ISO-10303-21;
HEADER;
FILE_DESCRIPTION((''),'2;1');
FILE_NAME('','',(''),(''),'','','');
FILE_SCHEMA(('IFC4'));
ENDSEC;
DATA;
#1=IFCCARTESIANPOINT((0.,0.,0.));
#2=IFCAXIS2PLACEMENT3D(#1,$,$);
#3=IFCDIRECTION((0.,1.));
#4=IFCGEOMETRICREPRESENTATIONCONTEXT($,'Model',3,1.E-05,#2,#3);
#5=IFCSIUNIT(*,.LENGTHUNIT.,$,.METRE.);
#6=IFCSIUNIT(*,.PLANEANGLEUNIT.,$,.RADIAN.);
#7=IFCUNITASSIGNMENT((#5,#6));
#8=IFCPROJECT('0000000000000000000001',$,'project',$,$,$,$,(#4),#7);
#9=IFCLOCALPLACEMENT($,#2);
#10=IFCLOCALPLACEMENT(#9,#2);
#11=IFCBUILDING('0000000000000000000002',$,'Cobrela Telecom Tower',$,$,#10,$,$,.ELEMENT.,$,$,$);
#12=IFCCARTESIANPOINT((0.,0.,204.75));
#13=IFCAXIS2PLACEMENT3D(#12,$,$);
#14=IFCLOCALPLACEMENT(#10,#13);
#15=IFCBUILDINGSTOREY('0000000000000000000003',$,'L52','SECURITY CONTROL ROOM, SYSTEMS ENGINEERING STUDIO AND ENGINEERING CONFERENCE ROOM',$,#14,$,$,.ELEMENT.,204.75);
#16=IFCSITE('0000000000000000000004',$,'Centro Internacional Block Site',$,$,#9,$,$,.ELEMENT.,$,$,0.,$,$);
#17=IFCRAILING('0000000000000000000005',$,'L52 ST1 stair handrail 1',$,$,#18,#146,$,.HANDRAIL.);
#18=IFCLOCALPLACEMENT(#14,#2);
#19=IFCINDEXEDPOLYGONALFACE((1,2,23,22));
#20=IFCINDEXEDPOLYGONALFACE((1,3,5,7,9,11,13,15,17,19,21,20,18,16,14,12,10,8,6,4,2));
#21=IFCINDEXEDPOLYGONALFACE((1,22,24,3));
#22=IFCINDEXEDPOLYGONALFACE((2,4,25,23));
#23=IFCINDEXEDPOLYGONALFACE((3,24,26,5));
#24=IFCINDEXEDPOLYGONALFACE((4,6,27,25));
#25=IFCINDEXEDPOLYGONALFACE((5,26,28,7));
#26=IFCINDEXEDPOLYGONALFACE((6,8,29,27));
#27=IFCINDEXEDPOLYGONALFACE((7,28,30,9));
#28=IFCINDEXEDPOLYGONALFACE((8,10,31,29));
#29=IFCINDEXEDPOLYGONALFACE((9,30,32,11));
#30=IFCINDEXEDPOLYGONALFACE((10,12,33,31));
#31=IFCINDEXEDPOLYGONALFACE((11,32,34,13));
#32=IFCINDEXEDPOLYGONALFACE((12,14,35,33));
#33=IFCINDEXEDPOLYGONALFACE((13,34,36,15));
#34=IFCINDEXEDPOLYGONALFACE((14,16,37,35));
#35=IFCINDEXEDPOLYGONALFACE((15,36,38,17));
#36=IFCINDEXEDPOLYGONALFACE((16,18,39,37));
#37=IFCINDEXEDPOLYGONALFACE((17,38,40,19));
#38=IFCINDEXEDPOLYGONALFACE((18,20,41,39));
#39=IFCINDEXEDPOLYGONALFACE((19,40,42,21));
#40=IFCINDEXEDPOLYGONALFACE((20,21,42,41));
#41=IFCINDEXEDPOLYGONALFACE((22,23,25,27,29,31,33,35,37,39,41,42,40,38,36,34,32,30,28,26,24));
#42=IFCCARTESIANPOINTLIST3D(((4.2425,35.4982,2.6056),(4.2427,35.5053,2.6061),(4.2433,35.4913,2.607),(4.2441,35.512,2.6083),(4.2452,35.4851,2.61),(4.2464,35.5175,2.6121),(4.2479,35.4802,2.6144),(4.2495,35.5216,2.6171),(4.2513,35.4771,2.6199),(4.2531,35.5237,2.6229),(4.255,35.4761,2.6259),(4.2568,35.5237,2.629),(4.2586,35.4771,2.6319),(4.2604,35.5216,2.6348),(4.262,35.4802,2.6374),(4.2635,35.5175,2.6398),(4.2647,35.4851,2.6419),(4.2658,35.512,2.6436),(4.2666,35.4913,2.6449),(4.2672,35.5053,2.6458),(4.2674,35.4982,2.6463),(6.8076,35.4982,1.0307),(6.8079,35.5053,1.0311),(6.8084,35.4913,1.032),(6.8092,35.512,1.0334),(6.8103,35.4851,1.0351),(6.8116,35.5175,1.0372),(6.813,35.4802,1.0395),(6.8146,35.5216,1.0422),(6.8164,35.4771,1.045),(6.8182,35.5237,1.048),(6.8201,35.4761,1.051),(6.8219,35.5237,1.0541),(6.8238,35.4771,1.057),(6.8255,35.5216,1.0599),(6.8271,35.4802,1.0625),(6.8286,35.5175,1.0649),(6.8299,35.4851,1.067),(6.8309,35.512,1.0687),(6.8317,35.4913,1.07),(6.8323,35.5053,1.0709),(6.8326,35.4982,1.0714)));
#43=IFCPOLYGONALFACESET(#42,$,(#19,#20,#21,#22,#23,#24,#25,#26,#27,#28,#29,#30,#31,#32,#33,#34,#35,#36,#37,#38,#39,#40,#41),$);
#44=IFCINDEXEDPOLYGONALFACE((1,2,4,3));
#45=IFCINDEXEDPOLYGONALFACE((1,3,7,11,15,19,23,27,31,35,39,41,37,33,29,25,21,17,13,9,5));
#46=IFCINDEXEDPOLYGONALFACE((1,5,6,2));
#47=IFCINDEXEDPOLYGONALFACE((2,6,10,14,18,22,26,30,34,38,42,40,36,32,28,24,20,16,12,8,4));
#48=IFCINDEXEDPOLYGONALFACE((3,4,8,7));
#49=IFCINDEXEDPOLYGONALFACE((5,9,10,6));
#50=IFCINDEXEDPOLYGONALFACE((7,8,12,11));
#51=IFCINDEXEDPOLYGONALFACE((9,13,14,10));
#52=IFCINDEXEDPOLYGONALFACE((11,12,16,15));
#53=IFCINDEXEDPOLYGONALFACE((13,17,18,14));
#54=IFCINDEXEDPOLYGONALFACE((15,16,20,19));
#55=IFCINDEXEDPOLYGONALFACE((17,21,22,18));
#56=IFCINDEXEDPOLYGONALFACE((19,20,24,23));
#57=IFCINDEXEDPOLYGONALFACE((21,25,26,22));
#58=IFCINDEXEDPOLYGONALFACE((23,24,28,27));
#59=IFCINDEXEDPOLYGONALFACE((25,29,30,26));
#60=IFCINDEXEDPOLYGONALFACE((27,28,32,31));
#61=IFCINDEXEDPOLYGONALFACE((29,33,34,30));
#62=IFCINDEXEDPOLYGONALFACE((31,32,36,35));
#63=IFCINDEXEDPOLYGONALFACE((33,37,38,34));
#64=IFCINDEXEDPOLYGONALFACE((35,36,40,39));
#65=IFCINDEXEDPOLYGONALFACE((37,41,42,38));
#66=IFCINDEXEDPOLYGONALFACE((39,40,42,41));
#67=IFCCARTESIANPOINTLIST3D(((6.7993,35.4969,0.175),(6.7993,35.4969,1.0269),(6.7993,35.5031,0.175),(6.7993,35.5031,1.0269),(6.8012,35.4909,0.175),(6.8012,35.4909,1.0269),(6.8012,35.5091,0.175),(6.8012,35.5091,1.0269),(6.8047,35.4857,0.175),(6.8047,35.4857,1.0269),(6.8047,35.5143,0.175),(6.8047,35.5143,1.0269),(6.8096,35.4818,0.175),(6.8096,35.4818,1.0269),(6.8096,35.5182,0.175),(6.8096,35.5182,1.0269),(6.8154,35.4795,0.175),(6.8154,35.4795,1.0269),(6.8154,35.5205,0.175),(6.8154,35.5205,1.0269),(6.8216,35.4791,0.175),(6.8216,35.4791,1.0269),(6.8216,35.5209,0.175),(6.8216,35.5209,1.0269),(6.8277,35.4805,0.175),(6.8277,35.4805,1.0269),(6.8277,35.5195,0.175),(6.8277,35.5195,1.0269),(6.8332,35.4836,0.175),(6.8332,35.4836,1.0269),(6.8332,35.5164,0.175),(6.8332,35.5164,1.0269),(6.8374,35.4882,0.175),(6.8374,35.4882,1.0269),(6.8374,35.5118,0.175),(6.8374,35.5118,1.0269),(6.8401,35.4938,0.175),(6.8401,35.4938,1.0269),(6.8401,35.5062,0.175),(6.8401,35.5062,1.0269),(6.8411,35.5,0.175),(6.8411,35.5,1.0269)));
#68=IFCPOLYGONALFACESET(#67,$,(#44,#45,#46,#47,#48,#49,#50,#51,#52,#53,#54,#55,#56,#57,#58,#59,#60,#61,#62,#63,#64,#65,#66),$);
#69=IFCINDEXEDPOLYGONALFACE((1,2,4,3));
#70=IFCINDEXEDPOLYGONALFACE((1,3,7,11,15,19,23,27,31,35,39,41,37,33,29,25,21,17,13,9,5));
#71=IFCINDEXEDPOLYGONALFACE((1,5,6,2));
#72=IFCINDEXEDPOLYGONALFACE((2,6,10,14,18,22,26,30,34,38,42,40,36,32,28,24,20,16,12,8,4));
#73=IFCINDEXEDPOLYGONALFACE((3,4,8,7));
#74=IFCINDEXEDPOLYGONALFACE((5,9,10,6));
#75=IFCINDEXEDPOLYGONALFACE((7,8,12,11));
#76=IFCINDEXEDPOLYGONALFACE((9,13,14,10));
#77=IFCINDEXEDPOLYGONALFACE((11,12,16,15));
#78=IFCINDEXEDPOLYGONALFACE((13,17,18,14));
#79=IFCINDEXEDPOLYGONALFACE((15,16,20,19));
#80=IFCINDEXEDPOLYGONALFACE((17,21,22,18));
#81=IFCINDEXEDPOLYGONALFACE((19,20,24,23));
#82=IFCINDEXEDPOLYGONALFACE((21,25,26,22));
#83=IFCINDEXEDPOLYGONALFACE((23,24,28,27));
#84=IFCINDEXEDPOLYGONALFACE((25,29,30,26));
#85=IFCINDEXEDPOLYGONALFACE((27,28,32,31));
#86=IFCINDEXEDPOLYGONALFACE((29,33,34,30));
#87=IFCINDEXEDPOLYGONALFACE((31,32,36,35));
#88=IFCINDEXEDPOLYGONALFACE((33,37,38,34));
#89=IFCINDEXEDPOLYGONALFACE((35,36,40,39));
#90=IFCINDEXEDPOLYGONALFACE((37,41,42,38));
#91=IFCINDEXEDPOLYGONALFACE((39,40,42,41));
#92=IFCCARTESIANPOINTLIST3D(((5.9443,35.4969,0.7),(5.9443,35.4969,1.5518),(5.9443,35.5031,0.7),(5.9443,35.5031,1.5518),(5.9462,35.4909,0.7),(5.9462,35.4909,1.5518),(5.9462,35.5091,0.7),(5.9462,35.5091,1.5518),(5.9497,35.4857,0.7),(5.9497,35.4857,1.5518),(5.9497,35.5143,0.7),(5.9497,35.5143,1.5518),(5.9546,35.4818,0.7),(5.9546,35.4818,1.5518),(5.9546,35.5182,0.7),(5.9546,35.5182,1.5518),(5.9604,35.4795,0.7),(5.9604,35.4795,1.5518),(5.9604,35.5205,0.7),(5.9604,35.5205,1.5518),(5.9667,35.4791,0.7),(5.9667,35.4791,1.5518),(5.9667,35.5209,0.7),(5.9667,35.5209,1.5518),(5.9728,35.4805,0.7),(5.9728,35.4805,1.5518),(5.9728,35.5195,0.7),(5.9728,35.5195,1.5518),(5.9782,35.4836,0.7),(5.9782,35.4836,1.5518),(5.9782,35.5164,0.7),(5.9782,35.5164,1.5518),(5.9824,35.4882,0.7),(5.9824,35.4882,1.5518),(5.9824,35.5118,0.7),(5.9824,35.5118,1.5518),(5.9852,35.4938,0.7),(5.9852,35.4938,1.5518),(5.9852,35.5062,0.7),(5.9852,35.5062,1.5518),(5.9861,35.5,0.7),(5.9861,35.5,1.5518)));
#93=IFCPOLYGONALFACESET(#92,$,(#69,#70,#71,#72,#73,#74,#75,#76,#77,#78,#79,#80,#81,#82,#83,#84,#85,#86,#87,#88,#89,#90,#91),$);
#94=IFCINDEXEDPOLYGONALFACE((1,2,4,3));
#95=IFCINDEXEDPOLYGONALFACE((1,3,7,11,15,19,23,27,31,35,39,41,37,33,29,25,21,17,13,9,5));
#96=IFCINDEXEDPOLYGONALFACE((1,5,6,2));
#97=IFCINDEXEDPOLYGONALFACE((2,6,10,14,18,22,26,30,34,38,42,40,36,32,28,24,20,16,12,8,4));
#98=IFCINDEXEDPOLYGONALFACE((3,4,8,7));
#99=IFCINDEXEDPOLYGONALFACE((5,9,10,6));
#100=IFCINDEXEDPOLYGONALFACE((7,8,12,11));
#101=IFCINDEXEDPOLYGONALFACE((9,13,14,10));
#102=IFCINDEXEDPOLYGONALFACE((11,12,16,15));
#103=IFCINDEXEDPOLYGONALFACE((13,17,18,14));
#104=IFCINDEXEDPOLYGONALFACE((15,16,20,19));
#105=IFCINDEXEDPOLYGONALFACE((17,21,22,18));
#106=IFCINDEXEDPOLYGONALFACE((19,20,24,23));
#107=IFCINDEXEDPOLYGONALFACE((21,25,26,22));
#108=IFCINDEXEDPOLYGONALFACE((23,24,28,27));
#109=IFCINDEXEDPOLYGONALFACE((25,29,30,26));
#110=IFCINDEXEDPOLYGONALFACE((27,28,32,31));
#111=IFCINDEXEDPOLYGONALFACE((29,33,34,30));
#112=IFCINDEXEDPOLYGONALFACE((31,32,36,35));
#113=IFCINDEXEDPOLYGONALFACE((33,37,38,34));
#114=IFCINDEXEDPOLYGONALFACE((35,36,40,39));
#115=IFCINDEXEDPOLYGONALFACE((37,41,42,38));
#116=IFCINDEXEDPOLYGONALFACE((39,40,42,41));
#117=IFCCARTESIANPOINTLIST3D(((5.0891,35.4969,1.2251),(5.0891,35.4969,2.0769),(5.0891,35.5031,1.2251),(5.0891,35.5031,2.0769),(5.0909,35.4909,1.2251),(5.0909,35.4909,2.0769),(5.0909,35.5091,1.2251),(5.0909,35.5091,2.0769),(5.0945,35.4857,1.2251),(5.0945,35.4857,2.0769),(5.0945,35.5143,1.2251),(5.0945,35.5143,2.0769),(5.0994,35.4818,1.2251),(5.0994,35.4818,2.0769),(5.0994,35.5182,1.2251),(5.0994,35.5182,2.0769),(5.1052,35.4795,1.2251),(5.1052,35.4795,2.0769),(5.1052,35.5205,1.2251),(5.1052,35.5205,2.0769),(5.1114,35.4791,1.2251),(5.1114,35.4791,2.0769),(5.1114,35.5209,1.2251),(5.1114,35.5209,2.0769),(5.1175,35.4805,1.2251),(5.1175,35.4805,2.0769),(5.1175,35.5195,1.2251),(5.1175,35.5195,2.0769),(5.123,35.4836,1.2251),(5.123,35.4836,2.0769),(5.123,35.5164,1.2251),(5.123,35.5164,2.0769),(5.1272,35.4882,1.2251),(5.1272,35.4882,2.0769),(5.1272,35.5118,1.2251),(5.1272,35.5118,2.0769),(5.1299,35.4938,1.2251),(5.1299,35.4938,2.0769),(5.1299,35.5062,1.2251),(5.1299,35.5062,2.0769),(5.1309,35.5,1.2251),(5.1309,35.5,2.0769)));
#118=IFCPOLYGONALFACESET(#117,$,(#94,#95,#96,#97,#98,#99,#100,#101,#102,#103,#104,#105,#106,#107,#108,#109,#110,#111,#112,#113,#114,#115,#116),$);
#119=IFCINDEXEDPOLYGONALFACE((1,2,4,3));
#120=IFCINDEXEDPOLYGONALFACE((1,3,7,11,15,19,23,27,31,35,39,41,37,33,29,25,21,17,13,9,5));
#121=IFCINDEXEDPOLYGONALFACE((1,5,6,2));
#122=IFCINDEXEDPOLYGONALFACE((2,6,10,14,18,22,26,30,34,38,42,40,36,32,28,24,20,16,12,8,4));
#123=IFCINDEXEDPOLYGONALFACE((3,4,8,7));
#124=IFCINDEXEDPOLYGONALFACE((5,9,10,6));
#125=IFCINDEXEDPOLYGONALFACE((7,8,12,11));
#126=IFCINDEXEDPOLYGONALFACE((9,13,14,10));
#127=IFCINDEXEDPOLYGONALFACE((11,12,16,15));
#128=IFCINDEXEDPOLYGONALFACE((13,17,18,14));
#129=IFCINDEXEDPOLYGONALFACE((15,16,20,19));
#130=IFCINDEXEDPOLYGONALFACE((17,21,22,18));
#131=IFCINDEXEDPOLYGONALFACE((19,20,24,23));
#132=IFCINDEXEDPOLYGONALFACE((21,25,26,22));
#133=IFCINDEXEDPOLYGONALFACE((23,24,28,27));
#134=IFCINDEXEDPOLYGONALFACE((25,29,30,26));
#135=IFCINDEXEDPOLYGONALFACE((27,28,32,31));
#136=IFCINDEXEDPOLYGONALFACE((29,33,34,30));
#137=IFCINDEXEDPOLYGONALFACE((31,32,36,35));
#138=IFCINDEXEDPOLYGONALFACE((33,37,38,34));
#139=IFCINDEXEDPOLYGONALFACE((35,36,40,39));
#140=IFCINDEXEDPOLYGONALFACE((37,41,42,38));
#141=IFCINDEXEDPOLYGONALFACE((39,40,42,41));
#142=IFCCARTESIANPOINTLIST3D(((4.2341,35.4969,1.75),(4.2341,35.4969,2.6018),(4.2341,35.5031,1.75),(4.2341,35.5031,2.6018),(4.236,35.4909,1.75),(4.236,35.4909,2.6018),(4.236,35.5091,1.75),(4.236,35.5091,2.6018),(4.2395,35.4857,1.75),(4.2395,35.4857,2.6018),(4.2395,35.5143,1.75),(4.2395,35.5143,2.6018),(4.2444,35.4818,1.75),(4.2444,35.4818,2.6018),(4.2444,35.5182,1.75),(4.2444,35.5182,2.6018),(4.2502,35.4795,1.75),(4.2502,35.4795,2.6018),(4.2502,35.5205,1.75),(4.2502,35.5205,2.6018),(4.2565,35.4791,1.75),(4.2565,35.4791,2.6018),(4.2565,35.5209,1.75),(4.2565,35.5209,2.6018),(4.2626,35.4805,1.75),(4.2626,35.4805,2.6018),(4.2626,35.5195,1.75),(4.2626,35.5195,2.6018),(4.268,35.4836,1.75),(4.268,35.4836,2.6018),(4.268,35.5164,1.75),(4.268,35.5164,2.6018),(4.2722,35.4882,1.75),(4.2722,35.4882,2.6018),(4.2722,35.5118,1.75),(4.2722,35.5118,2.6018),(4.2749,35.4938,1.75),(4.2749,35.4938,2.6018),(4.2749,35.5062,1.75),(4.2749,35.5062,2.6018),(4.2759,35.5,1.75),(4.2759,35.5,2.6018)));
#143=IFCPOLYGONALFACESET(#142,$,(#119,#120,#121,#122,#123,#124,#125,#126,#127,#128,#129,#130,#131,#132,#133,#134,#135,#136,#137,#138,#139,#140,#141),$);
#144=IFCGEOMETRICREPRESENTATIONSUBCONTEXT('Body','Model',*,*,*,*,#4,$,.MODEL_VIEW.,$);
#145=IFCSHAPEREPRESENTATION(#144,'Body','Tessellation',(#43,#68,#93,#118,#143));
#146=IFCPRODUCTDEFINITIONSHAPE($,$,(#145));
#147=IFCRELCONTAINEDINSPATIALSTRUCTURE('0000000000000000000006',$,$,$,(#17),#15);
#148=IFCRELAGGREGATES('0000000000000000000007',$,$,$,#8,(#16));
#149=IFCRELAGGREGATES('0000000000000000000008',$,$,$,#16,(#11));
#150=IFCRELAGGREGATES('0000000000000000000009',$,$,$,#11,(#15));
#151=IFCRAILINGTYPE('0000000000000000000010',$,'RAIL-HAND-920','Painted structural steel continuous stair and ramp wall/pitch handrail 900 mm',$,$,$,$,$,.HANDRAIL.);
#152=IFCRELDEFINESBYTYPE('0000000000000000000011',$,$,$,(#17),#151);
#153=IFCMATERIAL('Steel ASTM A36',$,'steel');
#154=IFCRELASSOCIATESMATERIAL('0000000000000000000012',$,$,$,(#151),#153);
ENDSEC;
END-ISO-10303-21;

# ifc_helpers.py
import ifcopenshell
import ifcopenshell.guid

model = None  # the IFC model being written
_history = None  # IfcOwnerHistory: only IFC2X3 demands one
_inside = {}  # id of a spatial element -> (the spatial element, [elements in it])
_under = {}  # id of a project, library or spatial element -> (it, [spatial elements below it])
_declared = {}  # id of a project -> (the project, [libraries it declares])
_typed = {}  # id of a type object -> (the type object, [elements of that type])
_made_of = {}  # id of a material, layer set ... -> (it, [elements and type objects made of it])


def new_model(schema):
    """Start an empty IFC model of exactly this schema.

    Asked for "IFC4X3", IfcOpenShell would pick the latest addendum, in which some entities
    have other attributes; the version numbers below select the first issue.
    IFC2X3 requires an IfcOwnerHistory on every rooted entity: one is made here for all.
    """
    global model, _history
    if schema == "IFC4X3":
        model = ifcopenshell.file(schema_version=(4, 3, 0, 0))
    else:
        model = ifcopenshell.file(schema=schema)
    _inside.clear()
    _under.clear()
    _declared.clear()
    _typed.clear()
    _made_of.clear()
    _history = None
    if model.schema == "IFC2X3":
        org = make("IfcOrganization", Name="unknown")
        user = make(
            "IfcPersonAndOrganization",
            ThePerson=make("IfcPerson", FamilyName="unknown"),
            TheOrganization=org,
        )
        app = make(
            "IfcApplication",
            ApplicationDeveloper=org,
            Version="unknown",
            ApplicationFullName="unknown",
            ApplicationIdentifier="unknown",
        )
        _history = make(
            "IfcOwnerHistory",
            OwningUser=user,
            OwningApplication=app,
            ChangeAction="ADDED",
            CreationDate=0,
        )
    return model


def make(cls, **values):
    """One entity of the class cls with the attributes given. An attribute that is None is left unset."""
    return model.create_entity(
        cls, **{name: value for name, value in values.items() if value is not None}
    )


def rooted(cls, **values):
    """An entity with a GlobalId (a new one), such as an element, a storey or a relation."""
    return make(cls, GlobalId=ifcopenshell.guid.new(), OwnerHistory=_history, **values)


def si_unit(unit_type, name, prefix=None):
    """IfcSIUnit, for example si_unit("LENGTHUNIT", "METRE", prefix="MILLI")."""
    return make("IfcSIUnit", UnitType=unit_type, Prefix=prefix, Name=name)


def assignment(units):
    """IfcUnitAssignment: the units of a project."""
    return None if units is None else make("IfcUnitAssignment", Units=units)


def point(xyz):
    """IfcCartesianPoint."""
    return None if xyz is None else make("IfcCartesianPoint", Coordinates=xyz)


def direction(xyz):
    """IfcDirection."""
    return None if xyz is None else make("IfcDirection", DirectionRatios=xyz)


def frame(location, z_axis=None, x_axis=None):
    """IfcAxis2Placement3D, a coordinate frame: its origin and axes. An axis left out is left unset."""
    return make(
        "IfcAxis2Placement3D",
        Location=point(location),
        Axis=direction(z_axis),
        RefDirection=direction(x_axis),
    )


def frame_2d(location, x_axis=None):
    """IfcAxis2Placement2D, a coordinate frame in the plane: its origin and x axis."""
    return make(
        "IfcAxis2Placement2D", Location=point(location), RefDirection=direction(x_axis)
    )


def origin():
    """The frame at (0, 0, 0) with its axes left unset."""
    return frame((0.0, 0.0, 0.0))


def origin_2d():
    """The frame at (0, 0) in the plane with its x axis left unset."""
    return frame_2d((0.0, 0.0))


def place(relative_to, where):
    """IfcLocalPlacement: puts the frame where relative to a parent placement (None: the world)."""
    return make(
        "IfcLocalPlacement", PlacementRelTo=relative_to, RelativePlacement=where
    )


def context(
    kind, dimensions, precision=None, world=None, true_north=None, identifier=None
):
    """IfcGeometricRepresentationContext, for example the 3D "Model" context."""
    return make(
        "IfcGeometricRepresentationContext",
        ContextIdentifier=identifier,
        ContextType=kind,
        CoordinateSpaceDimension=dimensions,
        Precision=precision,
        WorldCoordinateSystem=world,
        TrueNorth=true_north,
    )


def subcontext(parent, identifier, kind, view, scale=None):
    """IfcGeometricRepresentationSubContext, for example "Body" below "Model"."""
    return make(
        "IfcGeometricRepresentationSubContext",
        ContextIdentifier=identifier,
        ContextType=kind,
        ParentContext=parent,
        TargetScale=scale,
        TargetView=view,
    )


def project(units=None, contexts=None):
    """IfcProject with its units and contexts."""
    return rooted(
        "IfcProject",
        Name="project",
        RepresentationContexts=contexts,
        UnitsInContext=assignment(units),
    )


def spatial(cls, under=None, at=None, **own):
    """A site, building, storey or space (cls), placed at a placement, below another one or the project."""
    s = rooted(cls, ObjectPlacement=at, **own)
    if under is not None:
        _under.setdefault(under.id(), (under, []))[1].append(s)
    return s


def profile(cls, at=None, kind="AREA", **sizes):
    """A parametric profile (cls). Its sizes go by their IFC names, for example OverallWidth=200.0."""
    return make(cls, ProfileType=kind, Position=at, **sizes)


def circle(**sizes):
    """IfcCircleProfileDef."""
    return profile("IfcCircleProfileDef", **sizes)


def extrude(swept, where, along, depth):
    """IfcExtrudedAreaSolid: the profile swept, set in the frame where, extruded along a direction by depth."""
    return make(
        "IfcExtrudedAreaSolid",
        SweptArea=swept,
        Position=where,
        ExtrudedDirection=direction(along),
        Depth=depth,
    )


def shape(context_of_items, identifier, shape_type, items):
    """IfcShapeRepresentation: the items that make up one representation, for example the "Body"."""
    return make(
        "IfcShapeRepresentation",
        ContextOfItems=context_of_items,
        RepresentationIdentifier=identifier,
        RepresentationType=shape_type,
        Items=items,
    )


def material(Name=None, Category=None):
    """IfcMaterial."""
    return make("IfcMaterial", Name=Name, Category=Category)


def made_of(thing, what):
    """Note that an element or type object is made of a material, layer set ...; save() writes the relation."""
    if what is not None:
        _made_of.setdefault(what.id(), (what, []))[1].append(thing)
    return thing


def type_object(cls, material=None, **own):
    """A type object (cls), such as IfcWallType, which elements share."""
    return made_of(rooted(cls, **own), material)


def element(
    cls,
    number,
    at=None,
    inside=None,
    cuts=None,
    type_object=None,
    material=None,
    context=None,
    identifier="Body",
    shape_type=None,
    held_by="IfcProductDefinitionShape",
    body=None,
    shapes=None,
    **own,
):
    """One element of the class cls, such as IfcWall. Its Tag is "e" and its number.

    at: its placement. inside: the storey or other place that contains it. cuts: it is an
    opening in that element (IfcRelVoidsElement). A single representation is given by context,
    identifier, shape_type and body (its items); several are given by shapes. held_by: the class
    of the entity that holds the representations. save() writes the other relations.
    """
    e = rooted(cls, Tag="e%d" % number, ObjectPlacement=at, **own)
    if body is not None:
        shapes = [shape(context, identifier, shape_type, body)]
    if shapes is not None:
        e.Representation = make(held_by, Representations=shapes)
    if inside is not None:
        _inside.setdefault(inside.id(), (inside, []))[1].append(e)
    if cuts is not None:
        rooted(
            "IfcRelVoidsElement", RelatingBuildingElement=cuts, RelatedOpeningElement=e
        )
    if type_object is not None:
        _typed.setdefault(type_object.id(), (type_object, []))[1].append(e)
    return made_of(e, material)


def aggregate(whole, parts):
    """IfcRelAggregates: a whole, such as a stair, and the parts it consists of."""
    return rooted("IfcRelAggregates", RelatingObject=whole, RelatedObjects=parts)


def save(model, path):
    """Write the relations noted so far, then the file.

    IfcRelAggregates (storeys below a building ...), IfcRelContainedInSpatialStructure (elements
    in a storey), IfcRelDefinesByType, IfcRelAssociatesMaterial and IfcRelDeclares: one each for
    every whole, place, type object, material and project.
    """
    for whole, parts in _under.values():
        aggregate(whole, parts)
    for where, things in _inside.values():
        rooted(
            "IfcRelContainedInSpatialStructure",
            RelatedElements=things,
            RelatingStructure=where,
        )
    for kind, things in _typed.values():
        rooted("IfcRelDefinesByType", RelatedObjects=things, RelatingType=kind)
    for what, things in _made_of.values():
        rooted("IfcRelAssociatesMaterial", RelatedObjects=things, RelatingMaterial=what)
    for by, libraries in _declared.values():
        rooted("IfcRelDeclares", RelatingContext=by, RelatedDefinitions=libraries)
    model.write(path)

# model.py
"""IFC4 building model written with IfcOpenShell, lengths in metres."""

from ifc_helpers import new_model, si_unit, direction, frame, origin, origin_2d, place, context, subcontext, project, spatial, circle, extrude, material, type_object, element, save


model = new_model("IFC4")

# Units and contexts
model_context = context("Model", 3, precision=1e-05, world=origin(), true_north=direction((0.0, 1.0)))
body_context = subcontext(model_context, "Body", "Model", "MODEL_VIEW")
ifc_project = project(units=[si_unit("LENGTHUNIT", "METRE"), si_unit("PLANEANGLEUNIT", "RADIAN")], contexts=[model_context])

# Site, building, storey
site_placement = place(None, origin())
site = spatial("IfcSite", under=ifc_project, at=site_placement, Name="Centro Internacional Block Site", CompositionType="ELEMENT", RefElevation=0.0)
building_placement = place(site_placement, origin())
building = spatial("IfcBuilding", under=site, at=building_placement, Name="Cobrela Telecom Tower", CompositionType="ELEMENT")
storey_placement = place(building_placement, frame((0.0, 0.0, 204.75)))
storey = spatial("IfcBuildingStorey", under=building, at=storey_placement, Name="L52", Description="SECURITY CONTROL ROOM, SYSTEMS ENGINEERING STUDIO AND ENGINEERING CONFERENCE ROOM", CompositionType="ELEMENT", Elevation=204.75)

# Shared definitions
ifc_material_1 = material(Name="Steel ASTM A36", Category="steel")

# Railing
railing_type_1 = type_object("IfcRailingType", Name="RAIL-HAND-920", Description="Painted structural steel continuous stair and ramp wall/pitch handrail 900 mm", PredefinedType="HANDRAIL", material=ifc_material_1)
railing_1_placement = place(storey_placement, frame((6.8201, 35.5, 0.175)))
element("IfcRailing", 1, at=railing_1_placement, inside=storey, type_object=railing_type_1, Name="L52 ST1 stair handrail 1", PredefinedType="HANDRAIL", context=body_context, shape_type="SweptSolid", body=[
    extrude(circle(Radius=0.0239, at=origin_2d()), frame((0.0, 0.0, 0.876), z_axis=(-0.852195, 0.0, 0.523224), x_axis=(0.0, -1.0, 0.0)), (0.0, 0.0, 1.0), 3.01),
    extrude(circle(Radius=0.021, at=origin_2d()), origin(), (0.0, 0.0, 1.0), 0.8518),
    extrude(circle(Radius=0.021, at=origin_2d()), frame((-0.855, 0.0, 0.5249)), (0.0, 0.0, 1.0), 0.8518),
    extrude(circle(Radius=0.021, at=origin_2d()), frame((-1.7102, 0.0, 1.05)), (0.0, 0.0, 1.0), 0.8518),
    extrude(circle(Radius=0.021, at=origin_2d()), frame((-2.5652, 0.0, 1.575)), (0.0, 0.0, 1.0), 0.8518),
])

save(model, "model.ifc")
